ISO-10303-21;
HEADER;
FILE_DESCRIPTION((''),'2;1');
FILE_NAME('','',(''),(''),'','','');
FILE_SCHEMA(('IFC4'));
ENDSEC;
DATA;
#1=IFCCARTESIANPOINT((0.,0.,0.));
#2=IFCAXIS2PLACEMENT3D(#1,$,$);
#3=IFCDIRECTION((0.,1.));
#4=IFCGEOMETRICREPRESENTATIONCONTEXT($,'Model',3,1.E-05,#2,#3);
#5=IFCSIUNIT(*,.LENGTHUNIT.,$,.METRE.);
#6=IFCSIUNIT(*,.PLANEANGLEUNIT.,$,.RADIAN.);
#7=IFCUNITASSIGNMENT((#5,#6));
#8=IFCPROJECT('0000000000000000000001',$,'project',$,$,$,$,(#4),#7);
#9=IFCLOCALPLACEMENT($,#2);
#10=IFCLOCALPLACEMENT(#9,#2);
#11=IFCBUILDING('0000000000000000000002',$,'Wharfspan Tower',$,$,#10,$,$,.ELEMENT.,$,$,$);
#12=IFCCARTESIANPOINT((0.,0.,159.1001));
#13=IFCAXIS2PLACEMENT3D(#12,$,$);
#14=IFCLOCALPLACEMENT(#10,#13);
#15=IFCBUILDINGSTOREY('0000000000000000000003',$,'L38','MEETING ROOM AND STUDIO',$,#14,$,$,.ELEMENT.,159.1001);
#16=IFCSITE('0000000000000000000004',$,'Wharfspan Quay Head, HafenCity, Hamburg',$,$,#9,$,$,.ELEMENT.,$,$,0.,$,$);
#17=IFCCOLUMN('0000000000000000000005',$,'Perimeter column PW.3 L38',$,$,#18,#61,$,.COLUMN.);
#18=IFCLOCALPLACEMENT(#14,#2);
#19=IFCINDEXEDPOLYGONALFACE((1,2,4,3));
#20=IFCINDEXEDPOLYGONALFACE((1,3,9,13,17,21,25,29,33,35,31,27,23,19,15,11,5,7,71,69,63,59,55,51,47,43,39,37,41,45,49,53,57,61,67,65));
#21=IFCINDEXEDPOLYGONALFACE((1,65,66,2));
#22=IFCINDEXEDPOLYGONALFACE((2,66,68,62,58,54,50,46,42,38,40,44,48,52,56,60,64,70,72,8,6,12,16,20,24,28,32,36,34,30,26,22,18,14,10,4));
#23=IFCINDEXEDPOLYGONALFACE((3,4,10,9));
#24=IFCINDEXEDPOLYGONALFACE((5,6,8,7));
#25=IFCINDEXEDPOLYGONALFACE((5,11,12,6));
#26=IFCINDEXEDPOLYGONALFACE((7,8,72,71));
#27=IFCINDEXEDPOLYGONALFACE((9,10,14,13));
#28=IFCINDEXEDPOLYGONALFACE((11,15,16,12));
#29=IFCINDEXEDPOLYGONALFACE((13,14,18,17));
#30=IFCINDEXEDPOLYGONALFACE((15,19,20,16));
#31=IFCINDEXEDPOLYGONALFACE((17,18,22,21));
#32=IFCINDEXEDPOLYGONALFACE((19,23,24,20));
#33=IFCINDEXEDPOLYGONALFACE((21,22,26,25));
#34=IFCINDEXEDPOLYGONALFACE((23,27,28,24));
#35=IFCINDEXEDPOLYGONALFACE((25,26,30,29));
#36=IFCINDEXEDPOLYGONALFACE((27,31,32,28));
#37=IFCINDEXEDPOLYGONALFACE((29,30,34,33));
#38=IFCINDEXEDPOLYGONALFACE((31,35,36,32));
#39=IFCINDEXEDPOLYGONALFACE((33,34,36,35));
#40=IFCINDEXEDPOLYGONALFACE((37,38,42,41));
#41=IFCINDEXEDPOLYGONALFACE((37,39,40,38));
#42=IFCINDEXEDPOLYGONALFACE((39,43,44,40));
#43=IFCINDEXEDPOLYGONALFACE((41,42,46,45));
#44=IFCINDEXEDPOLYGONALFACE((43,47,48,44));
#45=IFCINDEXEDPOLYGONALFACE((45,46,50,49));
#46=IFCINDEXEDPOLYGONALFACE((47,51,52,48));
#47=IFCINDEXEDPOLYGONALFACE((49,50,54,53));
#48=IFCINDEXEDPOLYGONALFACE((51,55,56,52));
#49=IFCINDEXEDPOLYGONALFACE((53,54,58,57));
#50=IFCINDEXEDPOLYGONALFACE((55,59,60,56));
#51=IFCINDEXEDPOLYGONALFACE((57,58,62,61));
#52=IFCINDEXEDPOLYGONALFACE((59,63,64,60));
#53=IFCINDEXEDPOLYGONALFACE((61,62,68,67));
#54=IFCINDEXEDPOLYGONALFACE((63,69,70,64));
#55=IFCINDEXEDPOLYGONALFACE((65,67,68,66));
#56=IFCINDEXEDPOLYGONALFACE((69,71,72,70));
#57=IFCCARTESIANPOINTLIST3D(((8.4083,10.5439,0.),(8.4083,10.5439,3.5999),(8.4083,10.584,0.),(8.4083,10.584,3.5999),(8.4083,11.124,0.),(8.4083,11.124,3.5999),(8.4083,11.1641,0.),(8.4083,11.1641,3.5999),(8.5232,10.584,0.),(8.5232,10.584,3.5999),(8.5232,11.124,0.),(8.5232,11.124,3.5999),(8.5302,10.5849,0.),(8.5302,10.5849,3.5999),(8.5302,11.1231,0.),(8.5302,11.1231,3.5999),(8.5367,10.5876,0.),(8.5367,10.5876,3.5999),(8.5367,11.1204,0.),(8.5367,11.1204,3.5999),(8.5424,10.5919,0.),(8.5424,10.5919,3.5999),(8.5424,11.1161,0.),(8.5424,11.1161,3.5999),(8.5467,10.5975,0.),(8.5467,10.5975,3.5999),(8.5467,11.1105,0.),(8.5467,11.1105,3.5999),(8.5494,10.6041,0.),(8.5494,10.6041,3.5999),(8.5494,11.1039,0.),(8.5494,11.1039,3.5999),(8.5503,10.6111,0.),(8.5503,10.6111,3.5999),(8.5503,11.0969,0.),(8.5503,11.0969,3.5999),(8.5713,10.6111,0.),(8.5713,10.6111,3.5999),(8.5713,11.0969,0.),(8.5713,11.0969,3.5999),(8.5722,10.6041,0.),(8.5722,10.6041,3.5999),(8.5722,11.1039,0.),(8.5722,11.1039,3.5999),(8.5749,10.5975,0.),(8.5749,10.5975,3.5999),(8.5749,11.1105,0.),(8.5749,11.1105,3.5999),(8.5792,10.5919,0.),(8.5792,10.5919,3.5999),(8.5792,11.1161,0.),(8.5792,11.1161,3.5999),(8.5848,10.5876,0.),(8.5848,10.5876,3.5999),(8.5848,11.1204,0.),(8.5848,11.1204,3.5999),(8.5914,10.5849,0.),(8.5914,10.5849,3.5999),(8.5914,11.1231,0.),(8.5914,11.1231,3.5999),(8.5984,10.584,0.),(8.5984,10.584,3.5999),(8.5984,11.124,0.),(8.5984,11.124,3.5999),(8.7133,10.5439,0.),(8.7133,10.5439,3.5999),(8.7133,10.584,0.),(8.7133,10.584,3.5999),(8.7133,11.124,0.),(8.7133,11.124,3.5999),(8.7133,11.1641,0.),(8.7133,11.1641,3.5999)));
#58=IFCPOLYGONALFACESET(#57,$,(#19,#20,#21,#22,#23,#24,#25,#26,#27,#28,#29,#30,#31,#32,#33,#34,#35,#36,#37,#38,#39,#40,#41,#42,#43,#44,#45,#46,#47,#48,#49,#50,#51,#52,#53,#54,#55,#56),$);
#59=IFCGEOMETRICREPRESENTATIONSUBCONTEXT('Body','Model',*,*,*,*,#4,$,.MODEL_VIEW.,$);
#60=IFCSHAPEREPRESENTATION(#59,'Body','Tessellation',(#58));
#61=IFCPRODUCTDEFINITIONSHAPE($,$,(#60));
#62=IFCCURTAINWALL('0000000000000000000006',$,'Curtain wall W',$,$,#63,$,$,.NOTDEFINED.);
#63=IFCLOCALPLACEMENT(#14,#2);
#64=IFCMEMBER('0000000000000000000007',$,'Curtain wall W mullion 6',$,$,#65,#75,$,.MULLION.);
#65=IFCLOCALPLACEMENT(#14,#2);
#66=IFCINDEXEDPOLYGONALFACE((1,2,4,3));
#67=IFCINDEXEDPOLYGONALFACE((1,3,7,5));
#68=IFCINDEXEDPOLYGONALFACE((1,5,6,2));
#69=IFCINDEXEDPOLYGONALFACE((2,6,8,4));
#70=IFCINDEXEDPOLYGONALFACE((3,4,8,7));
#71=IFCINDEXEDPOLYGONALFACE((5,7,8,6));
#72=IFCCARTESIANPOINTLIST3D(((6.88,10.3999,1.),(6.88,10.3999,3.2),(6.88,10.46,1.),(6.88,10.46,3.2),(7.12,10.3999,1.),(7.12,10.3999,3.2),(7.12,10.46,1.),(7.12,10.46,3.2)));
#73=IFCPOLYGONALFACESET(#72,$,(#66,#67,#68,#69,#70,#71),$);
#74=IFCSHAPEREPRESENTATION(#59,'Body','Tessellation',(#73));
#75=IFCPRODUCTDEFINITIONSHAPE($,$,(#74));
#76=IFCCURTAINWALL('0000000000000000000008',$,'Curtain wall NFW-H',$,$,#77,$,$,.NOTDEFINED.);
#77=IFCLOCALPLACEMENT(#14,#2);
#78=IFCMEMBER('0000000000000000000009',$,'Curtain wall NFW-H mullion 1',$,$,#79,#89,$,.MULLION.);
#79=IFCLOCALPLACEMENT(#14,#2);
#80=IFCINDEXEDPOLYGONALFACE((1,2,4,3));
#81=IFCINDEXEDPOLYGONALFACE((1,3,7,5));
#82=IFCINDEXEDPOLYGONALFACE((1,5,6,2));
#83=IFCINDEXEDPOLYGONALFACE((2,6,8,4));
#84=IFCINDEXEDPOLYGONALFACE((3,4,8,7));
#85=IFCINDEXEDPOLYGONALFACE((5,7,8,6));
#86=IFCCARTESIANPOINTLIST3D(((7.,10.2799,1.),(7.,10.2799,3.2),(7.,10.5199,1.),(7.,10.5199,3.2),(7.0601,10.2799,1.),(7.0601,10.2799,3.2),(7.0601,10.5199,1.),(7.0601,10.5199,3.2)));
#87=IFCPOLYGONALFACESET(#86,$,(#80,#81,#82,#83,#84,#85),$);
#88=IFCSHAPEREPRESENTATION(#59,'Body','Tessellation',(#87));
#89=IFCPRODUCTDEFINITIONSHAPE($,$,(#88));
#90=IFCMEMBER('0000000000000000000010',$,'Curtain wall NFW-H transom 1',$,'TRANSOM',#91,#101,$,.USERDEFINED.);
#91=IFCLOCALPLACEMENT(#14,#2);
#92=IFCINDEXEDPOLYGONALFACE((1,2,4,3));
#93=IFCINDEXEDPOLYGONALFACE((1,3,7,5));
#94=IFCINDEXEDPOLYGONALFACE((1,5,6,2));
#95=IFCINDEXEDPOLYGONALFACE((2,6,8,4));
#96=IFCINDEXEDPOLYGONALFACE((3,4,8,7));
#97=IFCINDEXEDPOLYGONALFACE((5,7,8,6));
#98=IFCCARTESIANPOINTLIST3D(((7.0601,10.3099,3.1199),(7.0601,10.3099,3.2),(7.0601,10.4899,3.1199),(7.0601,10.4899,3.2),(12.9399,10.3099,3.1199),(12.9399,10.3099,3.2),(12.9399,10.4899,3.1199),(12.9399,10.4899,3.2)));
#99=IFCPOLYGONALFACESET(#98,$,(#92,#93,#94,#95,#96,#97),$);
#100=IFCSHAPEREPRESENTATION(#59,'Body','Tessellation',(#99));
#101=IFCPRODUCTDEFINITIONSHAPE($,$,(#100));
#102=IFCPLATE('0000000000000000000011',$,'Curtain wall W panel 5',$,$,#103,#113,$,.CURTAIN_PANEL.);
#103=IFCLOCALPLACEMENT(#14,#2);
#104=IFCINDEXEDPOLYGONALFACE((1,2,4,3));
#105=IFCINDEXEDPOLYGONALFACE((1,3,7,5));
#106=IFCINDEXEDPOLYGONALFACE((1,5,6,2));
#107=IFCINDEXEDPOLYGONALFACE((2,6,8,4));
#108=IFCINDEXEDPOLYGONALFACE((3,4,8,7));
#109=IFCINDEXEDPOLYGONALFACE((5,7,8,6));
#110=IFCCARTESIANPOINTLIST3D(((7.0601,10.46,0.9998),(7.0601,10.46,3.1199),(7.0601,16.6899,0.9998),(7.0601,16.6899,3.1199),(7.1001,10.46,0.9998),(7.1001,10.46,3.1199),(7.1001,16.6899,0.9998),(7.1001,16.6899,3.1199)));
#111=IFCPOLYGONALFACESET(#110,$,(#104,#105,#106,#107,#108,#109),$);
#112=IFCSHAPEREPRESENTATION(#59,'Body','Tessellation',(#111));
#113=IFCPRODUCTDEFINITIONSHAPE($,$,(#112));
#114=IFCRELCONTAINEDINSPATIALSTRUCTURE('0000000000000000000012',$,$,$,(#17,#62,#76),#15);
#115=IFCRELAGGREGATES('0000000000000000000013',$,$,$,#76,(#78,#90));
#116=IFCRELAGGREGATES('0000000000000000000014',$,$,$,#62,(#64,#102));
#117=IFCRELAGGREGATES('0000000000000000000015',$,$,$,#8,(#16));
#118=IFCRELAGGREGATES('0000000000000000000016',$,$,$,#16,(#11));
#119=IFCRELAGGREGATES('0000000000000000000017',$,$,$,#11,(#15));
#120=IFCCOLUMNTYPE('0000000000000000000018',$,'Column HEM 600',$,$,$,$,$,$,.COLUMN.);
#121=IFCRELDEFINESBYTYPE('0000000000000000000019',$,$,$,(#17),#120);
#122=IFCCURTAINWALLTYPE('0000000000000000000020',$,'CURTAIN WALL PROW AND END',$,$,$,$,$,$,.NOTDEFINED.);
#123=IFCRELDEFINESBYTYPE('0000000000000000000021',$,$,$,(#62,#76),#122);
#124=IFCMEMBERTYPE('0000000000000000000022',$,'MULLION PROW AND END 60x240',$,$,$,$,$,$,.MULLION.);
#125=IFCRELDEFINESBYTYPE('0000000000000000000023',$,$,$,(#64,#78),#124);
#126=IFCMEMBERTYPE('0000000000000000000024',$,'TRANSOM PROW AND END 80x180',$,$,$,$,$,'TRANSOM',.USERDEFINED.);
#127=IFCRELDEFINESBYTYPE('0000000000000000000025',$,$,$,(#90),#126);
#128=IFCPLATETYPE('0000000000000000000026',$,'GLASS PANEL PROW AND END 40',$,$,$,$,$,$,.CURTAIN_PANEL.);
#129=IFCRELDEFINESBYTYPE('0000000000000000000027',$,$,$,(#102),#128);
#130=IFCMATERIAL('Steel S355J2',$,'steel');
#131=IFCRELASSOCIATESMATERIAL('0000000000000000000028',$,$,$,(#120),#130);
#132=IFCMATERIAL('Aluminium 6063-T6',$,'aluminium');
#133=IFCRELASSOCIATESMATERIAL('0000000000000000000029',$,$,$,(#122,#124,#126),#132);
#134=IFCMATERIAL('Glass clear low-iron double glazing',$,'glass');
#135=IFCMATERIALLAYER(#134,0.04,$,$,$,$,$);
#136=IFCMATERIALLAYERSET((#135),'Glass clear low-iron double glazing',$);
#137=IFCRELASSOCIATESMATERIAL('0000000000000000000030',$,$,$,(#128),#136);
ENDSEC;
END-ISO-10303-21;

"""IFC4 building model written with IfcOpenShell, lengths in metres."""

from ifc_helpers import new_model, si_unit, direction, frame, origin, origin_2d, place, context, subcontext, project, spatial, rectangle, i_section, extrude, material, layer, layer_set, material_profile, profile_set, type_object, element, aggregate, save


model = new_model("IFC4")

# Units and contexts
model_context = context("Model", 3, precision=1e-05, world=origin(), true_north=direction((0.0, 1.0)))
body_context = subcontext(model_context, "Body", "Model", "MODEL_VIEW")
ifc_project = project(units=[si_unit("LENGTHUNIT", "METRE"), si_unit("PLANEANGLEUNIT", "RADIAN")], contexts=[model_context])

# Site, building, storey
site_placement = place(None, origin())
site = spatial("IfcSite", under=ifc_project, at=site_placement, Name="Wharfspan Quay Head, HafenCity, Hamburg", CompositionType="ELEMENT", RefElevation=0.0)
building_placement = place(site_placement, origin())
building = spatial("IfcBuilding", under=site, at=building_placement, Name="Wharfspan Tower", CompositionType="ELEMENT")
storey_placement = place(building_placement, frame((0.0, 0.0, 159.1001)))
storey = spatial("IfcBuildingStorey", under=building, at=storey_placement, Name="L38", Description="MEETING ROOM AND STUDIO", CompositionType="ELEMENT", Elevation=159.1001)

# Column
ifc_material_1 = material(Name="Steel S355J2", Category="steel")
ifc_material_profile_1 = material_profile(ifc_material_1, i_section(OverallWidth=0.3049, OverallDepth=0.6201, WebThickness=0.021, FlangeThickness=0.04, FilletRadius=0.0271, at=origin_2d()))
ifc_profile_set_1 = profile_set([ifc_material_profile_1], Name="Steel S355J2")
column_type = type_object("IfcColumnType", Name="Column HEM 600", PredefinedType="COLUMN", material=ifc_profile_set_1)
column_placement = place(storey_placement, frame((8.5608, 10.854, 0.0), z_axis=(0.0, 0.0, 1.0), x_axis=(-1.0, 0.0, 0.0)))
element("IfcColumn", 1, at=column_placement, inside=storey, type_object=column_type, Name="Perimeter column PW.3 L38", PredefinedType="COLUMN", context=body_context, shape_type="SweptSolid", body=[
    extrude(i_section(OverallWidth=0.3049, OverallDepth=0.6201, WebThickness=0.021, FlangeThickness=0.04, FilletRadius=0.0271, at=origin_2d()), origin(), (0.0, 0.0, 1.0), 3.5999),
])

# Curtain wall, member
ifc_material_2 = material(Name="Aluminium 6063-T6", Category="aluminium")
curtain_wall_type = type_object("IfcCurtainWallType", Name="CURTAIN WALL PROW AND END", PredefinedType="NOTDEFINED", material=ifc_material_2)
curtain_wall_1_placement = place(storey_placement, origin())
curtain_wall_1 = element("IfcCurtainWall", 2, at=curtain_wall_1_placement, inside=storey, type_object=curtain_wall_type, Name="Curtain wall W", PredefinedType="NOTDEFINED")
ifc_material_profile_2 = material_profile(ifc_material_2, rectangle(XDim=0.24, YDim=0.0601, at=origin_2d()))
ifc_profile_set_2 = profile_set([ifc_material_profile_2], Name="Aluminium 6063-T6")
member_type_1 = type_object("IfcMemberType", Name="MULLION PROW AND END 60x240", PredefinedType="MULLION", material=ifc_profile_set_2)
member_1_placement = place(storey_placement, frame((7.0, 10.4299, 1.0), z_axis=(0.0, 0.0, 1.0), x_axis=(1.0, 0.0, 0.0)))
member_1 = element("IfcMember", 3, at=member_1_placement, type_object=member_type_1, Name="Curtain wall W mullion 6", PredefinedType="MULLION", context=body_context, shape_type="SweptSolid", body=[
    extrude(rectangle(XDim=0.24, YDim=0.0601, at=origin_2d()), origin(), (0.0, 0.0, 1.0), 2.2),
])

# Curtain wall, members
curtain_wall_2_placement = place(storey_placement, origin())
curtain_wall_2 = element("IfcCurtainWall", 4, at=curtain_wall_2_placement, inside=storey, type_object=curtain_wall_type, Name="Curtain wall NFW-H", PredefinedType="NOTDEFINED")
member_2_placement = place(storey_placement, frame((7.03, 10.3999, 1.0), z_axis=(0.0, 0.0, 1.0), x_axis=(0.0, 1.0, 0.0)))
member_2 = element("IfcMember", 5, at=member_2_placement, type_object=member_type_1, Name="Curtain wall NFW-H mullion 1", PredefinedType="MULLION", context=body_context, shape_type="SweptSolid", body=[
    extrude(rectangle(XDim=0.24, YDim=0.0601, at=origin_2d()), origin(), (0.0, 0.0, 1.0), 2.2),
])
ifc_material_profile_3 = material_profile(ifc_material_2, rectangle(XDim=0.1799, YDim=0.0801, at=origin_2d()))
ifc_profile_set_3 = profile_set([ifc_material_profile_3], Name="Aluminium 6063-T6")
member_type_2 = type_object("IfcMemberType", Name="TRANSOM PROW AND END 80x180", ElementType="TRANSOM", PredefinedType="USERDEFINED", material=ifc_profile_set_3)
member_3_placement = place(storey_placement, frame((7.0601, 10.3999, 3.1599), z_axis=(1.0, 0.0, 0.0), x_axis=(0.0, 1.0, 0.0)))
member_3 = element("IfcMember", 6, at=member_3_placement, type_object=member_type_2, Name="Curtain wall NFW-H transom 1", ObjectType="TRANSOM", PredefinedType="USERDEFINED", context=body_context, shape_type="SweptSolid", body=[
    extrude(rectangle(XDim=0.1799, YDim=0.0801, at=origin_2d()), origin(), (0.0, 0.0, 1.0), 5.8799),
])
aggregate(curtain_wall_2, [member_2, member_3])

# Plate
ifc_material_3 = material(Name="Glass clear low-iron double glazing", Category="glass")
ifc_layer_1 = layer(ifc_material_3, 0.04)
ifc_layer_set_1 = layer_set([ifc_layer_1], Name="Glass clear low-iron double glazing")
plate_type = type_object("IfcPlateType", Name="GLASS PANEL PROW AND END 40", PredefinedType="CURTAIN_PANEL", material=ifc_layer_set_1)
plate_placement = place(storey_placement, frame((7.0801, 13.575, 0.9998), z_axis=(0.0, 0.0, 1.0), x_axis=(0.0, -1.0, 0.0)))
plate = element("IfcPlate", 7, at=plate_placement, type_object=plate_type, Name="Curtain wall W panel 5", PredefinedType="CURTAIN_PANEL", context=body_context, shape_type="SweptSolid", body=[
    extrude(rectangle(XDim=6.23, YDim=0.04, at=origin_2d()), origin(), (0.0, 0.0, 1.0), 2.1201),
])
aggregate(curtain_wall_1, [member_1, plate])

save(model, "model.ifc")
